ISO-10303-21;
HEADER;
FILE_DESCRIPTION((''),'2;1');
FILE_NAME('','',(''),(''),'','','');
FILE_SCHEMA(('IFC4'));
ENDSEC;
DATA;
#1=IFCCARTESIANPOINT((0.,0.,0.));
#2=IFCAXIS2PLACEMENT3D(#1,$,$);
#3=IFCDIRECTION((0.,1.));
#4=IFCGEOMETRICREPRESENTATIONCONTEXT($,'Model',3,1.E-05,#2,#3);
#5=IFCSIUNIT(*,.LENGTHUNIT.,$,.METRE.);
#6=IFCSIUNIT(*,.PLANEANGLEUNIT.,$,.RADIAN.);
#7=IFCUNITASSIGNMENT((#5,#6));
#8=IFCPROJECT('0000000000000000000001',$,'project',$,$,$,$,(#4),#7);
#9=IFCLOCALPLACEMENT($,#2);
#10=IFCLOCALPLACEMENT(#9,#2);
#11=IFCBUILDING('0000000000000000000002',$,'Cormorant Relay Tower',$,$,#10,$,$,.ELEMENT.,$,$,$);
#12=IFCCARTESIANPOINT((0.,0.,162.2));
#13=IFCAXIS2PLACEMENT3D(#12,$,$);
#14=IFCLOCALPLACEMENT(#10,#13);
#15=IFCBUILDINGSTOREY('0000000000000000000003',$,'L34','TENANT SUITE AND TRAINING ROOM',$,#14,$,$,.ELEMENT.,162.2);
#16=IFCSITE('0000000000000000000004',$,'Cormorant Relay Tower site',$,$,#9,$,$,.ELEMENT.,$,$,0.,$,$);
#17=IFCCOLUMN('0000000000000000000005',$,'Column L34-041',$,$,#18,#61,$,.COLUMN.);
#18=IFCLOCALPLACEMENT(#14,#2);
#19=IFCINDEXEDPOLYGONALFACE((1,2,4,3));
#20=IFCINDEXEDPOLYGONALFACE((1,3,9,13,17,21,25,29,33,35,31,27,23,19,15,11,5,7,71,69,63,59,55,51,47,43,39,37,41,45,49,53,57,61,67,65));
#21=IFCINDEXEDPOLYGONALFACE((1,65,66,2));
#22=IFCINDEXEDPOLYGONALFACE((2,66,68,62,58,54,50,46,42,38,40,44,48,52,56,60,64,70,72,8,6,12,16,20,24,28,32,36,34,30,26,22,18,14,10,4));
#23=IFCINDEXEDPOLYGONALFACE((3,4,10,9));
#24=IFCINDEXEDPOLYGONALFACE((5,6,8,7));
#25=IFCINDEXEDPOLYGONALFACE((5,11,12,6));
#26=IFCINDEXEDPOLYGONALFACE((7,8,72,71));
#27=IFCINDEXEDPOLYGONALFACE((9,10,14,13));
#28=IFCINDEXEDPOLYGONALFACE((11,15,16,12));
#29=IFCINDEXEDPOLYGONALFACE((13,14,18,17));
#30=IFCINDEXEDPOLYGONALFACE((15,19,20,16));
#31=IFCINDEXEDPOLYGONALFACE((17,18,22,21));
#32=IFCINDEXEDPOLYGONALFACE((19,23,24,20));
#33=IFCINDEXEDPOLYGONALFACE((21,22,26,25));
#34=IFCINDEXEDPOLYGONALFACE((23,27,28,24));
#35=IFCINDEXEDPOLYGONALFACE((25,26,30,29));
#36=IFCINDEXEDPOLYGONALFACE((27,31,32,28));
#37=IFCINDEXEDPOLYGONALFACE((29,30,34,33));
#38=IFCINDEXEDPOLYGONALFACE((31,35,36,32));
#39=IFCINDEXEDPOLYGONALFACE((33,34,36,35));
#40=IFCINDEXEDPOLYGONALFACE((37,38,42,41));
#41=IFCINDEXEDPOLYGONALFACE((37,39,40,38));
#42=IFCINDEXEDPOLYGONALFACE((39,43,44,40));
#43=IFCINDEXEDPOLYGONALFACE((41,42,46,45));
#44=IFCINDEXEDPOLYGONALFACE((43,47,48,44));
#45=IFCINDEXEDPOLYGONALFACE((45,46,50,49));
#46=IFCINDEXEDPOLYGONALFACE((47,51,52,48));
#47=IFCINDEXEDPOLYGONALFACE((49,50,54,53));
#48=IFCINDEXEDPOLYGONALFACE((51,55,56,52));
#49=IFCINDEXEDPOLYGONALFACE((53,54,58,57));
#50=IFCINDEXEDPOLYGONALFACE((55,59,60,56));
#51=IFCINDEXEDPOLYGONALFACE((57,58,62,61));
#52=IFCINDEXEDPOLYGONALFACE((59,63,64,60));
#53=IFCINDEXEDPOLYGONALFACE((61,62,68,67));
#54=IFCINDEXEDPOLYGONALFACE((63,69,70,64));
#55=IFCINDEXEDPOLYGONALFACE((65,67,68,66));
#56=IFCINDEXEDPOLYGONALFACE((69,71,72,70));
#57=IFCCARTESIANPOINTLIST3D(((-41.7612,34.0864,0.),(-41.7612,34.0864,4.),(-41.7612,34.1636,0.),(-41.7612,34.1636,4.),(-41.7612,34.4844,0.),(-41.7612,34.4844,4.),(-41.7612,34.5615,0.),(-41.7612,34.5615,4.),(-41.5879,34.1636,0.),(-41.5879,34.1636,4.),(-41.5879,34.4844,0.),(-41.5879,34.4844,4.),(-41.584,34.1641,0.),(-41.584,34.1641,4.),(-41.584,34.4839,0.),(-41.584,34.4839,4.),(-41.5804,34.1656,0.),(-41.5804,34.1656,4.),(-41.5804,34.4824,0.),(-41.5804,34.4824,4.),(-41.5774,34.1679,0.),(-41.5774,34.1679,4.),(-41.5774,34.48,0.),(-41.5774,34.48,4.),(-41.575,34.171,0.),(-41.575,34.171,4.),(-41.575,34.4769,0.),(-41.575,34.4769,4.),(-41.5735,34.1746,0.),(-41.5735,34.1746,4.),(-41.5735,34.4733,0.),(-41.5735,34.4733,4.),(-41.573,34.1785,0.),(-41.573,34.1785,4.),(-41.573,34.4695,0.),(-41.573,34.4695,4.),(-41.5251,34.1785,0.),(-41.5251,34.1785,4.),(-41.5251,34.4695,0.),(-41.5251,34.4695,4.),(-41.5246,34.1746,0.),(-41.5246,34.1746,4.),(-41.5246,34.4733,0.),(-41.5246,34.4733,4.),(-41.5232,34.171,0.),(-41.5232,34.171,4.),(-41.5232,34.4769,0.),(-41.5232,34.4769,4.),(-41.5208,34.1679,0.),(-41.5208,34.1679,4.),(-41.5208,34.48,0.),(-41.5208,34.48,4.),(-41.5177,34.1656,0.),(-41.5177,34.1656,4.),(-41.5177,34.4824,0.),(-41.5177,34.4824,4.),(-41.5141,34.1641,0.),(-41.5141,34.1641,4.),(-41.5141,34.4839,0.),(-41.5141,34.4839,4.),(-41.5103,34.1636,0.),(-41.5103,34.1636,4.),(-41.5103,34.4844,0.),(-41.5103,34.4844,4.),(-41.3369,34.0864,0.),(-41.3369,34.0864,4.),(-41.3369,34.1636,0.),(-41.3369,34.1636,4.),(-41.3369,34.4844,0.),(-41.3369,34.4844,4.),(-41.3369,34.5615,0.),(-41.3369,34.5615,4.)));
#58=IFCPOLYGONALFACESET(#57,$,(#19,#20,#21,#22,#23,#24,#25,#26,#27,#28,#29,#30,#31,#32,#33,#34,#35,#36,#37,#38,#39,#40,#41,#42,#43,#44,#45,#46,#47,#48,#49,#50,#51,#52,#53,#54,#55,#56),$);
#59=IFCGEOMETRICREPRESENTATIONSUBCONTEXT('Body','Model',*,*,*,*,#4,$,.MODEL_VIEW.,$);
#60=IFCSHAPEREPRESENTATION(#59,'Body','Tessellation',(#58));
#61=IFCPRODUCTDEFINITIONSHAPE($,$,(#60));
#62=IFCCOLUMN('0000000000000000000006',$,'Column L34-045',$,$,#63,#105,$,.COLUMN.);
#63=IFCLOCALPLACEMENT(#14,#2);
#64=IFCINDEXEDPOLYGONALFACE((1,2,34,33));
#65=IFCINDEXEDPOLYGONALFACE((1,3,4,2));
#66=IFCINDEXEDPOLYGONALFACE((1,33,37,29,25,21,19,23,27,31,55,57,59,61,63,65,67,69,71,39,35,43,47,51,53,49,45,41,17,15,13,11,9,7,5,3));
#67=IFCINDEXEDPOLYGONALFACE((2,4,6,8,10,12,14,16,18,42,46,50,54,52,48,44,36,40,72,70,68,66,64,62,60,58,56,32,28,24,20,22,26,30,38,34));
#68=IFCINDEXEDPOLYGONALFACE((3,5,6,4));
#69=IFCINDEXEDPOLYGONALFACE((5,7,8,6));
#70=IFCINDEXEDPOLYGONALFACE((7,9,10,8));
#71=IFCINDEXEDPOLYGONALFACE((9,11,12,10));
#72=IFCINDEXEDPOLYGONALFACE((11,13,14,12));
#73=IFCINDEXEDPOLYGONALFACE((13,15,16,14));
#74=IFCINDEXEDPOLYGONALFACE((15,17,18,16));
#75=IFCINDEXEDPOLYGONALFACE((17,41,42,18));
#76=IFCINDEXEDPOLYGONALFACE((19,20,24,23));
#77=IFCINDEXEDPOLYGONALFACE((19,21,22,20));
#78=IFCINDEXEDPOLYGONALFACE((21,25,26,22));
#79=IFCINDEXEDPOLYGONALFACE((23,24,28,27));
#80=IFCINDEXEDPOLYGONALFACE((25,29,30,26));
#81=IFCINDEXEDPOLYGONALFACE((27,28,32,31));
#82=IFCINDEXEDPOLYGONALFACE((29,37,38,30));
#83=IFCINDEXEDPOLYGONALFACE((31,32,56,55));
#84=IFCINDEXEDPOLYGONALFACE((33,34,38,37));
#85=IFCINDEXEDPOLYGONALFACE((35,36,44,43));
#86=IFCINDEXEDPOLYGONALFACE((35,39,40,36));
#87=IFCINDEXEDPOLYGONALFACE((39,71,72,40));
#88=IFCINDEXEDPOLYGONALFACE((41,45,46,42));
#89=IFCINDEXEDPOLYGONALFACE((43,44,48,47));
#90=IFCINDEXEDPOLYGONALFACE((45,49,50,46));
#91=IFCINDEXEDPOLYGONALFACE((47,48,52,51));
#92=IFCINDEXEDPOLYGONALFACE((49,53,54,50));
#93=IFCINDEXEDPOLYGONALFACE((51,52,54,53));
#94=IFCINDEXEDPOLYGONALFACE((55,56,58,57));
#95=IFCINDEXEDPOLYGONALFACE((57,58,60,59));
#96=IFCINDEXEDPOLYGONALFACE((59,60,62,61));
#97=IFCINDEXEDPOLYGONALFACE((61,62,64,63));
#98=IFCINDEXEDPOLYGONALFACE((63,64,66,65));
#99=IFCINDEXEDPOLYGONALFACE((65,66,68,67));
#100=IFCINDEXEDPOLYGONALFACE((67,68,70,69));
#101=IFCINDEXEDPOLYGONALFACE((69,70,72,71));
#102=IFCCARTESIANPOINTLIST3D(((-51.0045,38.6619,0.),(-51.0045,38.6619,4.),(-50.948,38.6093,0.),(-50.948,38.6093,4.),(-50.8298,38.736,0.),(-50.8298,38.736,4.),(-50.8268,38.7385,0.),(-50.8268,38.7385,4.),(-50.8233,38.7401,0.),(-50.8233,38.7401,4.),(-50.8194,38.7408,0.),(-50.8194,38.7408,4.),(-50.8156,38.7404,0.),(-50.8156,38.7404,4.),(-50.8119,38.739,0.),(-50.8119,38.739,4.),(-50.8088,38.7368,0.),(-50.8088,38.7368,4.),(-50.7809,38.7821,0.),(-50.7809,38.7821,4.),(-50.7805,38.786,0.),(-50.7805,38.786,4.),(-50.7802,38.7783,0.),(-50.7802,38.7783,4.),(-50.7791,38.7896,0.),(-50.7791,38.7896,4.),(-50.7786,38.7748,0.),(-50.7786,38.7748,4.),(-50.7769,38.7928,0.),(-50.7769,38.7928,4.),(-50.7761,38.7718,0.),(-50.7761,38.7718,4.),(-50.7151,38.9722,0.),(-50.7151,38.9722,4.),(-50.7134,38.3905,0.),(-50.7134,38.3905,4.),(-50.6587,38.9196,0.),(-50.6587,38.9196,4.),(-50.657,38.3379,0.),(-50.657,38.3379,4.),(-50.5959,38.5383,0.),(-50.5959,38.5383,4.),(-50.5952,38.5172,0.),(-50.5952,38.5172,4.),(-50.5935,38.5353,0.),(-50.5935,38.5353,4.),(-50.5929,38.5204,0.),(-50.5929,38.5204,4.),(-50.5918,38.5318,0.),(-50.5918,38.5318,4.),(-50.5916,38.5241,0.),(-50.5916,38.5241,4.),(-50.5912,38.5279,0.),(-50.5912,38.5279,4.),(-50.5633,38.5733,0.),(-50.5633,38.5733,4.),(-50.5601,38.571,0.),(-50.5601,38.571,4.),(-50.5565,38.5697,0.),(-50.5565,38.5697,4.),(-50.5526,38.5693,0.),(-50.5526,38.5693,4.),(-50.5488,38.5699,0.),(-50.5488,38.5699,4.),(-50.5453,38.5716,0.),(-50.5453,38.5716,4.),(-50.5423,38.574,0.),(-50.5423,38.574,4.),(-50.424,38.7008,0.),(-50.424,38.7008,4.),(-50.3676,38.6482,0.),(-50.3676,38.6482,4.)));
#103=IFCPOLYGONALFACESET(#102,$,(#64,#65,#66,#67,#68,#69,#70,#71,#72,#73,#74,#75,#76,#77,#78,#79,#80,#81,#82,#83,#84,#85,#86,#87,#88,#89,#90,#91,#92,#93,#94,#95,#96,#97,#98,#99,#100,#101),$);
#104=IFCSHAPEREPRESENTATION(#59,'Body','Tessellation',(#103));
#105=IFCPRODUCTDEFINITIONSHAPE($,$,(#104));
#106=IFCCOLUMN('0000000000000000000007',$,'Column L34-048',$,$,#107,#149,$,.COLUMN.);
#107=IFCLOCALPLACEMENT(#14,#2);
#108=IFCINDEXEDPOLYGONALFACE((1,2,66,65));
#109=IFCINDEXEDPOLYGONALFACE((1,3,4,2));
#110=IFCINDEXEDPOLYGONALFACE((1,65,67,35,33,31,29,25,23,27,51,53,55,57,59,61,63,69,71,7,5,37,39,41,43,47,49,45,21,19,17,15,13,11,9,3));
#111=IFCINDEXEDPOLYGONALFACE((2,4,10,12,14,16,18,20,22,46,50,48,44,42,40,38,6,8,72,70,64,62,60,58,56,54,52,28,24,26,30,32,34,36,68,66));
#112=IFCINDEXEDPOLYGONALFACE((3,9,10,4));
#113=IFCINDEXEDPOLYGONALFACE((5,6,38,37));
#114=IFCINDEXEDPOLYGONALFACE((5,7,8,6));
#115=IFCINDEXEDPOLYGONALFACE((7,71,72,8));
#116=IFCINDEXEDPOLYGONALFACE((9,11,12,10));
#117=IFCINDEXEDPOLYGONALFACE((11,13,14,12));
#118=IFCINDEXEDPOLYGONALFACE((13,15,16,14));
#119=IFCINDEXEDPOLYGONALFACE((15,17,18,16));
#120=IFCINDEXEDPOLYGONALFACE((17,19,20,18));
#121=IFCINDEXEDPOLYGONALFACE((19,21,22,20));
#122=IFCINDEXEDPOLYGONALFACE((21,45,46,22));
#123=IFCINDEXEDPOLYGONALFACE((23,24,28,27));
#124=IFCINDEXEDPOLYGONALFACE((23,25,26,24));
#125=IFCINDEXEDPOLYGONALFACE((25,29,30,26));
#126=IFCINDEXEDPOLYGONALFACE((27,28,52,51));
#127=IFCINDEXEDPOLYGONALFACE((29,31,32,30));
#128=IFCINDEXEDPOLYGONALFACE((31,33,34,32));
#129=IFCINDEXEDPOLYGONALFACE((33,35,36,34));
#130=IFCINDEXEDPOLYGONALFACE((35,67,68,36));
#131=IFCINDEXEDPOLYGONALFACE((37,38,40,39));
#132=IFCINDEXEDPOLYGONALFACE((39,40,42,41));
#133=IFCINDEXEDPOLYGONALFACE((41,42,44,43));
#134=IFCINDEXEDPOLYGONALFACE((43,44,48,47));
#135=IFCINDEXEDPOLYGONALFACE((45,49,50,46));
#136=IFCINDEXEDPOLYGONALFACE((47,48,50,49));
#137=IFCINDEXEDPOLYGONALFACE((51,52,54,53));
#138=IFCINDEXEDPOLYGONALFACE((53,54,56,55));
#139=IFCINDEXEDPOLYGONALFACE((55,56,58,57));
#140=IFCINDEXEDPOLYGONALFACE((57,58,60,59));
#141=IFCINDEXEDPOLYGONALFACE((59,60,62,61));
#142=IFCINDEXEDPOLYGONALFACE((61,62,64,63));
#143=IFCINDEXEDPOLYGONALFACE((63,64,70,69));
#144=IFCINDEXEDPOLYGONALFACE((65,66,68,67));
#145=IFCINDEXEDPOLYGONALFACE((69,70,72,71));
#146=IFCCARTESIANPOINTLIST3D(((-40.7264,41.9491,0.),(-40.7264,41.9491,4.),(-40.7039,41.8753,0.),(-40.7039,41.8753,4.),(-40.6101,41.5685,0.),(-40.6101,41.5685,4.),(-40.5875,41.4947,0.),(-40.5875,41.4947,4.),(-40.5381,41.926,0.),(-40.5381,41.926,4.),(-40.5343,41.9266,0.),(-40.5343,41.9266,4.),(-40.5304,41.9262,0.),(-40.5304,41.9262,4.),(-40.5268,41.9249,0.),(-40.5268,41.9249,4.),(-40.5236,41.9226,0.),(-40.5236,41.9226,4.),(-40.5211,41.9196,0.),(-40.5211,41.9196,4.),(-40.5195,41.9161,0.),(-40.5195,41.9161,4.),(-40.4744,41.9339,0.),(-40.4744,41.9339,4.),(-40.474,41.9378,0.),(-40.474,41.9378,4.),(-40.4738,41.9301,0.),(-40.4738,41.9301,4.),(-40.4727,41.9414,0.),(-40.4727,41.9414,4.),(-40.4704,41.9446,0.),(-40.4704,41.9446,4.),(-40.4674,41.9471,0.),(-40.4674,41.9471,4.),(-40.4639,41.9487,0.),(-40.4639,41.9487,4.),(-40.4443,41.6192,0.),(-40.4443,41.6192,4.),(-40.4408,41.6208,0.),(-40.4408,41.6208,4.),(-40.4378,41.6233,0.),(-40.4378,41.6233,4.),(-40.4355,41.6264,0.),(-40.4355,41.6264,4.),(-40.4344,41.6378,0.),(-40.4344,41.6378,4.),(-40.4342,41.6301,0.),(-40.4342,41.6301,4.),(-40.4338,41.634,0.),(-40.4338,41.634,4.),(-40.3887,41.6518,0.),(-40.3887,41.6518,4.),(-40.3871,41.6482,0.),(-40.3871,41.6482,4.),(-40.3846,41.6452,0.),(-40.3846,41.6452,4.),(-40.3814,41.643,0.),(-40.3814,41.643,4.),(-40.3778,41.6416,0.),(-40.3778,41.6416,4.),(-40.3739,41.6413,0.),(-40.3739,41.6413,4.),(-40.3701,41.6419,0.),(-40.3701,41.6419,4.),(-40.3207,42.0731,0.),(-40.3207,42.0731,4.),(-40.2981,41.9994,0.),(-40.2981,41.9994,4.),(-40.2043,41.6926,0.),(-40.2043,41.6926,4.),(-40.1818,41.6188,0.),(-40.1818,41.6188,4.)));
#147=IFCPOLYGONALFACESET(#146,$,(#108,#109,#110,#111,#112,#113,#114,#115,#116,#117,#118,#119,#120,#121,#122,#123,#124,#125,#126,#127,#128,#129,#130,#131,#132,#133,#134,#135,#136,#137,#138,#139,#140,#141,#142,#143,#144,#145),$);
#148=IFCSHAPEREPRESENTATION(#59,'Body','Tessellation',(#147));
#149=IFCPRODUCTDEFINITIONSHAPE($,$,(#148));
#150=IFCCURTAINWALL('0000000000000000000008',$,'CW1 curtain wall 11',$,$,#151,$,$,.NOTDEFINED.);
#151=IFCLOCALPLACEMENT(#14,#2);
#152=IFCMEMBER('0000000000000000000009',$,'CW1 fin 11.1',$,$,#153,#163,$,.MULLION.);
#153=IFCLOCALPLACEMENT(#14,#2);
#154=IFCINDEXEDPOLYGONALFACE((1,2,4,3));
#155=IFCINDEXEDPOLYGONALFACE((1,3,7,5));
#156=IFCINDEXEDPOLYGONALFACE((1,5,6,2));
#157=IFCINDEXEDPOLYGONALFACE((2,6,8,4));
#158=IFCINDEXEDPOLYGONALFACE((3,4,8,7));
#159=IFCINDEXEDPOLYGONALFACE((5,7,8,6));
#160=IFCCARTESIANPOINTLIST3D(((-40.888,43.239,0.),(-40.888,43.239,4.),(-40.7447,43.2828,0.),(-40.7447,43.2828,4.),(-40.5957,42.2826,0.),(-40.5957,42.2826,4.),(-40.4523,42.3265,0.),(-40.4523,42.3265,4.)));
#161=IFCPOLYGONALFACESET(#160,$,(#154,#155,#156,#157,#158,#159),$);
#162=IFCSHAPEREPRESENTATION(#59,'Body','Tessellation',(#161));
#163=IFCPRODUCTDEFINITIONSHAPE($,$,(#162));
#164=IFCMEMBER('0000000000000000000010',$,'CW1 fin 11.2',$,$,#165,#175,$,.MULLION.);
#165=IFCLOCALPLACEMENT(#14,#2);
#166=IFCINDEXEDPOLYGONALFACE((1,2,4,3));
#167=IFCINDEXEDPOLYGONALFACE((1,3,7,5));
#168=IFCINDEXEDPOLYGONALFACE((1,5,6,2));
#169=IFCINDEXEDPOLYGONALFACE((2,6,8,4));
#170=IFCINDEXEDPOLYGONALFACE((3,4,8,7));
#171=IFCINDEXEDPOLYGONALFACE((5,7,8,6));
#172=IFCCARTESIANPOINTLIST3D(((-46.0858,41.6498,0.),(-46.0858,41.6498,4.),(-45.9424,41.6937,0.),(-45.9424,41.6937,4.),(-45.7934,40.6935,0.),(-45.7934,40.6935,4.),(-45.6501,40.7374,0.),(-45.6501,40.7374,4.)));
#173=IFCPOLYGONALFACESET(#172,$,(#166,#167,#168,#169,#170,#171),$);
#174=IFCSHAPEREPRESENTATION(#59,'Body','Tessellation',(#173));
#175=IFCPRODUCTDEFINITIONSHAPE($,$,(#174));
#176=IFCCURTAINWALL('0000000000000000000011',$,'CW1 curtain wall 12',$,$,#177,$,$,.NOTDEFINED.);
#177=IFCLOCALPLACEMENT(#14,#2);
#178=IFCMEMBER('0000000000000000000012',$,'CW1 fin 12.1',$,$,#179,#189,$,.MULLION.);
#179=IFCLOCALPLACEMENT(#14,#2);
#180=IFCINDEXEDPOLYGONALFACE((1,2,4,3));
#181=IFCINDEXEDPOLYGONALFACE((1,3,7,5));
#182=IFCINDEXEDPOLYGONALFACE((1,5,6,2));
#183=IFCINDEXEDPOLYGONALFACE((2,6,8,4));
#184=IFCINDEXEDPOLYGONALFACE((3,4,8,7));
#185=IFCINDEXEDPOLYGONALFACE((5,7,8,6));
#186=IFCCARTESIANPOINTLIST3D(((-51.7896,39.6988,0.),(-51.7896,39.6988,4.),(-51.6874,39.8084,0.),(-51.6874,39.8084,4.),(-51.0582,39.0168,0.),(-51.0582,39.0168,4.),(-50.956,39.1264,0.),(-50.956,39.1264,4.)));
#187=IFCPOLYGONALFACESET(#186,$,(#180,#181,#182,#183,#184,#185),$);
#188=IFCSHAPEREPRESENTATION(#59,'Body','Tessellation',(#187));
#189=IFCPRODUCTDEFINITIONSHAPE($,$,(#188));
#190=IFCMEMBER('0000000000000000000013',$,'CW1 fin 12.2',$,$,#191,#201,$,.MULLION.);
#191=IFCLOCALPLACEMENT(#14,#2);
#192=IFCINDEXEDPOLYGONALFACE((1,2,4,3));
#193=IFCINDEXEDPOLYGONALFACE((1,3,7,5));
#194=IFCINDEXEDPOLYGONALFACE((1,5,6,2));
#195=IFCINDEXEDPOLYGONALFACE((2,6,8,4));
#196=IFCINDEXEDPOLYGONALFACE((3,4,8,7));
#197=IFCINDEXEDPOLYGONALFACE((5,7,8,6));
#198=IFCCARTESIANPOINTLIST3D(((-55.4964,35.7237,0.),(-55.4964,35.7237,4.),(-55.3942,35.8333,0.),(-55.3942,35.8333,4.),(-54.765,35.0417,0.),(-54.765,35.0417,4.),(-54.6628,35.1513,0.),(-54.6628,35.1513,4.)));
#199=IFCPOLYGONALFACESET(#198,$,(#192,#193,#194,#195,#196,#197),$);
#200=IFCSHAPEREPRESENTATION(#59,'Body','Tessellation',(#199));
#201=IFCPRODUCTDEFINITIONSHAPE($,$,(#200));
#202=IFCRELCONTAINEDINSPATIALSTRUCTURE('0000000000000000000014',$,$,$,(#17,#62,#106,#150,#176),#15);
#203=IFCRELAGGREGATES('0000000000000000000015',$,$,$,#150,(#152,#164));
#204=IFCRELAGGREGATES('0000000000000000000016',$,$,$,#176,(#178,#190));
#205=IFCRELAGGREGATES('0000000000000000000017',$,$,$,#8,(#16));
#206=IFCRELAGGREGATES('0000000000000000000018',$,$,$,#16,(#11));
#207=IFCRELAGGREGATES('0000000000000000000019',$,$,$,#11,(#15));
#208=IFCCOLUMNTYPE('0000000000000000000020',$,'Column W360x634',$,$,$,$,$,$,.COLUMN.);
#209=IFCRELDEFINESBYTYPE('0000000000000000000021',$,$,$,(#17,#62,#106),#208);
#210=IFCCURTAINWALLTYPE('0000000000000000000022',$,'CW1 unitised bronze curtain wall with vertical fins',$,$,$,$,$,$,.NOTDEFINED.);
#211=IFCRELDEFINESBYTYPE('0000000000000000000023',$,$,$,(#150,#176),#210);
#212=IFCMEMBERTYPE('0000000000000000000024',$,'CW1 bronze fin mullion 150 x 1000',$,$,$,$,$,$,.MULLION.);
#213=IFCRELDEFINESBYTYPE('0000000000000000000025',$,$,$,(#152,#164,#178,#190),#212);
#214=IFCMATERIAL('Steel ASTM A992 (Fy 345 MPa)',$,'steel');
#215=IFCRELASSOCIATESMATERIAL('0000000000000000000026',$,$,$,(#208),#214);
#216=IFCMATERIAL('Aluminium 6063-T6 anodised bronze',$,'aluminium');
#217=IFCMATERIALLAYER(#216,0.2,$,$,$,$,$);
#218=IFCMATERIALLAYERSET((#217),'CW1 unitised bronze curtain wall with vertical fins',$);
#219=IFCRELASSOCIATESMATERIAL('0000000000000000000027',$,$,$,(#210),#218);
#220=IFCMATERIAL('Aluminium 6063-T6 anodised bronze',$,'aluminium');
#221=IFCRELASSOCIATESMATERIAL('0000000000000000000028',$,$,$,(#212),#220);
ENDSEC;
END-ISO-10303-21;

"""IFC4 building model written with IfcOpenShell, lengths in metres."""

from ifc_helpers import new_model, si_unit, direction, frame, origin, origin_2d, place, context, subcontext, project, spatial, rectangle, i_section, extrude, material, layer, layer_set, material_profile, profile_set, type_object, element, aggregate, save


model = new_model("IFC4")

# Units and contexts
model_context = context("Model", 3, precision=1e-05, world=origin(), true_north=direction((0.0, 1.0)))
body_context = subcontext(model_context, "Body", "Model", "MODEL_VIEW")
ifc_project = project(units=[si_unit("LENGTHUNIT", "METRE"), si_unit("PLANEANGLEUNIT", "RADIAN")], contexts=[model_context])

# Site, building, storey
site_placement = place(None, origin())
site = spatial("IfcSite", under=ifc_project, at=site_placement, Name="Cormorant Relay Tower site", CompositionType="ELEMENT", RefElevation=0.0)
building_placement = place(site_placement, origin())
building = spatial("IfcBuilding", under=site, at=building_placement, Name="Cormorant Relay Tower", CompositionType="ELEMENT")
storey_placement = place(building_placement, frame((0.0, 0.0, 162.2)))
storey = spatial("IfcBuildingStorey", under=building, at=storey_placement, Name="L34", Description="TENANT SUITE AND TRAINING ROOM", CompositionType="ELEMENT", Elevation=162.2)

# Columns
ifc_material_1 = material(Name="Steel ASTM A992 (Fy 345 MPa)", Category="steel")
ifc_material_profile_1 = material_profile(ifc_material_1, i_section(OverallWidth=0.4243, OverallDepth=0.4751, WebThickness=0.0479, FlangeThickness=0.0771, FilletRadius=0.0149, at=origin_2d()), Name="W360x634")
ifc_profile_set_1 = profile_set([ifc_material_profile_1], Name="Steel ASTM A992 (Fy 345 MPa)")
column_type = type_object("IfcColumnType", Name="Column W360x634", PredefinedType="COLUMN", material=ifc_profile_set_1)
for number, where, z_axis, x_axis, name in (
    (1, (-41.5491, 34.324, 0.0), (0.0, 0.0, 1.0), (1.0, 0.0, 0.0), "Column L34-041"),
    (2, (-50.686, 38.655, 0.0), (0.0, 0.0, 1.0), (-0.681998, -0.731354, 0.0), "Column L34-045"),
    (3, (-40.4541, 41.7839, 0.0), (0.0, 0.0, 1.0), (-0.956305, -0.292372, 0.0), "Column L34-048"),
):
    element("IfcColumn", number, at=place(storey_placement, frame(where, z_axis=z_axis, x_axis=x_axis)), inside=storey, type_object=column_type, Name=name, PredefinedType="COLUMN", context=body_context, shape_type="SweptSolid", body=[
        extrude(i_section(OverallWidth=0.4243, OverallDepth=0.4751, WebThickness=0.0479, FlangeThickness=0.0771, FilletRadius=0.0149, at=origin_2d()), origin(), (0.0, 0.0, 1.0), 4.0),
    ])

# Curtain walls, members
ifc_material_2 = material(Name="Aluminium 6063-T6 anodised bronze", Category="aluminium")
ifc_layer_1 = layer(ifc_material_2, 0.2)
ifc_layer_set_1 = layer_set([ifc_layer_1], Name="CW1 unitised bronze curtain wall with vertical fins")
curtain_wall_type = type_object("IfcCurtainWallType", Name="CW1 unitised bronze curtain wall with vertical fins", PredefinedType="NOTDEFINED", material=ifc_layer_set_1)
curtain_wall_1_placement = place(storey_placement, origin())
curtain_wall_1 = element("IfcCurtainWall", 4, at=curtain_wall_1_placement, inside=storey, type_object=curtain_wall_type, Name="CW1 curtain wall 11", PredefinedType="NOTDEFINED")
ifc_material_3 = material(Name="Aluminium 6063-T6 anodised bronze", Category="aluminium")
ifc_material_profile_2 = material_profile(ifc_material_3, rectangle(XDim=0.1499, YDim=1.0, at=origin_2d()), Name="AL 150x1000")
ifc_profile_set_2 = profile_set([ifc_material_profile_2], Name="Aluminium 6063-T6 anodised bronze")
member_type_1 = type_object("IfcMemberType", Name="CW1 bronze fin mullion 150 x 1000", PredefinedType="MULLION", material=ifc_profile_set_2)
member_1_placement = place(storey_placement, frame((-40.6702, 42.7827, 0.0), z_axis=(0.0, 0.0, 1.0), x_axis=(-0.956305, -0.292372, 0.0)))
member_1 = element("IfcMember", 5, at=member_1_placement, type_object=member_type_1, Name="CW1 fin 11.1", PredefinedType="MULLION", context=body_context, shape_type="SweptSolid", body=[
    extrude(rectangle(XDim=0.1499, YDim=1.0, at=origin_2d()), origin(), (0.0, 0.0, 1.0), 4.0),
])
member_2_placement = place(storey_placement, frame((-45.8679, 41.1936, 0.0), z_axis=(0.0, 0.0, 1.0), x_axis=(-0.956305, -0.292372, 0.0)))
member_2 = element("IfcMember", 6, at=member_2_placement, type_object=member_type_1, Name="CW1 fin 11.2", PredefinedType="MULLION", context=body_context, shape_type="SweptSolid", body=[
    extrude(rectangle(XDim=0.1499, YDim=1.0, at=origin_2d()), origin(), (0.0, 0.0, 1.0), 4.0),
])
curtain_wall_2_placement = place(storey_placement, origin())
curtain_wall_2 = element("IfcCurtainWall", 7, at=curtain_wall_2_placement, inside=storey, type_object=curtain_wall_type, Name="CW1 curtain wall 12", PredefinedType="NOTDEFINED")
member_3_placement = place(storey_placement, frame((-51.3728, 39.4126, 0.0), z_axis=(0.0, 0.0, 1.0), x_axis=(-0.681998, -0.731354, 0.0)))
member_3 = element("IfcMember", 8, at=member_3_placement, type_object=member_type_1, Name="CW1 fin 12.1", PredefinedType="MULLION", context=body_context, shape_type="SweptSolid", body=[
    extrude(rectangle(XDim=0.1499, YDim=1.0, at=origin_2d()), origin(), (0.0, 0.0, 1.0), 4.0),
])
member_4_placement = place(storey_placement, frame((-55.0796, 35.4375, 0.0), z_axis=(0.0, 0.0, 1.0), x_axis=(-0.681998, -0.731354, 0.0)))
member_4 = element("IfcMember", 9, at=member_4_placement, type_object=member_type_1, Name="CW1 fin 12.2", PredefinedType="MULLION", context=body_context, shape_type="SweptSolid", body=[
    extrude(rectangle(XDim=0.1499, YDim=1.0, at=origin_2d()), origin(), (0.0, 0.0, 1.0), 4.0),
])

aggregate(curtain_wall_1, [member_1, member_2])
aggregate(curtain_wall_2, [member_3, member_4])

save(model, "model.ifc")
